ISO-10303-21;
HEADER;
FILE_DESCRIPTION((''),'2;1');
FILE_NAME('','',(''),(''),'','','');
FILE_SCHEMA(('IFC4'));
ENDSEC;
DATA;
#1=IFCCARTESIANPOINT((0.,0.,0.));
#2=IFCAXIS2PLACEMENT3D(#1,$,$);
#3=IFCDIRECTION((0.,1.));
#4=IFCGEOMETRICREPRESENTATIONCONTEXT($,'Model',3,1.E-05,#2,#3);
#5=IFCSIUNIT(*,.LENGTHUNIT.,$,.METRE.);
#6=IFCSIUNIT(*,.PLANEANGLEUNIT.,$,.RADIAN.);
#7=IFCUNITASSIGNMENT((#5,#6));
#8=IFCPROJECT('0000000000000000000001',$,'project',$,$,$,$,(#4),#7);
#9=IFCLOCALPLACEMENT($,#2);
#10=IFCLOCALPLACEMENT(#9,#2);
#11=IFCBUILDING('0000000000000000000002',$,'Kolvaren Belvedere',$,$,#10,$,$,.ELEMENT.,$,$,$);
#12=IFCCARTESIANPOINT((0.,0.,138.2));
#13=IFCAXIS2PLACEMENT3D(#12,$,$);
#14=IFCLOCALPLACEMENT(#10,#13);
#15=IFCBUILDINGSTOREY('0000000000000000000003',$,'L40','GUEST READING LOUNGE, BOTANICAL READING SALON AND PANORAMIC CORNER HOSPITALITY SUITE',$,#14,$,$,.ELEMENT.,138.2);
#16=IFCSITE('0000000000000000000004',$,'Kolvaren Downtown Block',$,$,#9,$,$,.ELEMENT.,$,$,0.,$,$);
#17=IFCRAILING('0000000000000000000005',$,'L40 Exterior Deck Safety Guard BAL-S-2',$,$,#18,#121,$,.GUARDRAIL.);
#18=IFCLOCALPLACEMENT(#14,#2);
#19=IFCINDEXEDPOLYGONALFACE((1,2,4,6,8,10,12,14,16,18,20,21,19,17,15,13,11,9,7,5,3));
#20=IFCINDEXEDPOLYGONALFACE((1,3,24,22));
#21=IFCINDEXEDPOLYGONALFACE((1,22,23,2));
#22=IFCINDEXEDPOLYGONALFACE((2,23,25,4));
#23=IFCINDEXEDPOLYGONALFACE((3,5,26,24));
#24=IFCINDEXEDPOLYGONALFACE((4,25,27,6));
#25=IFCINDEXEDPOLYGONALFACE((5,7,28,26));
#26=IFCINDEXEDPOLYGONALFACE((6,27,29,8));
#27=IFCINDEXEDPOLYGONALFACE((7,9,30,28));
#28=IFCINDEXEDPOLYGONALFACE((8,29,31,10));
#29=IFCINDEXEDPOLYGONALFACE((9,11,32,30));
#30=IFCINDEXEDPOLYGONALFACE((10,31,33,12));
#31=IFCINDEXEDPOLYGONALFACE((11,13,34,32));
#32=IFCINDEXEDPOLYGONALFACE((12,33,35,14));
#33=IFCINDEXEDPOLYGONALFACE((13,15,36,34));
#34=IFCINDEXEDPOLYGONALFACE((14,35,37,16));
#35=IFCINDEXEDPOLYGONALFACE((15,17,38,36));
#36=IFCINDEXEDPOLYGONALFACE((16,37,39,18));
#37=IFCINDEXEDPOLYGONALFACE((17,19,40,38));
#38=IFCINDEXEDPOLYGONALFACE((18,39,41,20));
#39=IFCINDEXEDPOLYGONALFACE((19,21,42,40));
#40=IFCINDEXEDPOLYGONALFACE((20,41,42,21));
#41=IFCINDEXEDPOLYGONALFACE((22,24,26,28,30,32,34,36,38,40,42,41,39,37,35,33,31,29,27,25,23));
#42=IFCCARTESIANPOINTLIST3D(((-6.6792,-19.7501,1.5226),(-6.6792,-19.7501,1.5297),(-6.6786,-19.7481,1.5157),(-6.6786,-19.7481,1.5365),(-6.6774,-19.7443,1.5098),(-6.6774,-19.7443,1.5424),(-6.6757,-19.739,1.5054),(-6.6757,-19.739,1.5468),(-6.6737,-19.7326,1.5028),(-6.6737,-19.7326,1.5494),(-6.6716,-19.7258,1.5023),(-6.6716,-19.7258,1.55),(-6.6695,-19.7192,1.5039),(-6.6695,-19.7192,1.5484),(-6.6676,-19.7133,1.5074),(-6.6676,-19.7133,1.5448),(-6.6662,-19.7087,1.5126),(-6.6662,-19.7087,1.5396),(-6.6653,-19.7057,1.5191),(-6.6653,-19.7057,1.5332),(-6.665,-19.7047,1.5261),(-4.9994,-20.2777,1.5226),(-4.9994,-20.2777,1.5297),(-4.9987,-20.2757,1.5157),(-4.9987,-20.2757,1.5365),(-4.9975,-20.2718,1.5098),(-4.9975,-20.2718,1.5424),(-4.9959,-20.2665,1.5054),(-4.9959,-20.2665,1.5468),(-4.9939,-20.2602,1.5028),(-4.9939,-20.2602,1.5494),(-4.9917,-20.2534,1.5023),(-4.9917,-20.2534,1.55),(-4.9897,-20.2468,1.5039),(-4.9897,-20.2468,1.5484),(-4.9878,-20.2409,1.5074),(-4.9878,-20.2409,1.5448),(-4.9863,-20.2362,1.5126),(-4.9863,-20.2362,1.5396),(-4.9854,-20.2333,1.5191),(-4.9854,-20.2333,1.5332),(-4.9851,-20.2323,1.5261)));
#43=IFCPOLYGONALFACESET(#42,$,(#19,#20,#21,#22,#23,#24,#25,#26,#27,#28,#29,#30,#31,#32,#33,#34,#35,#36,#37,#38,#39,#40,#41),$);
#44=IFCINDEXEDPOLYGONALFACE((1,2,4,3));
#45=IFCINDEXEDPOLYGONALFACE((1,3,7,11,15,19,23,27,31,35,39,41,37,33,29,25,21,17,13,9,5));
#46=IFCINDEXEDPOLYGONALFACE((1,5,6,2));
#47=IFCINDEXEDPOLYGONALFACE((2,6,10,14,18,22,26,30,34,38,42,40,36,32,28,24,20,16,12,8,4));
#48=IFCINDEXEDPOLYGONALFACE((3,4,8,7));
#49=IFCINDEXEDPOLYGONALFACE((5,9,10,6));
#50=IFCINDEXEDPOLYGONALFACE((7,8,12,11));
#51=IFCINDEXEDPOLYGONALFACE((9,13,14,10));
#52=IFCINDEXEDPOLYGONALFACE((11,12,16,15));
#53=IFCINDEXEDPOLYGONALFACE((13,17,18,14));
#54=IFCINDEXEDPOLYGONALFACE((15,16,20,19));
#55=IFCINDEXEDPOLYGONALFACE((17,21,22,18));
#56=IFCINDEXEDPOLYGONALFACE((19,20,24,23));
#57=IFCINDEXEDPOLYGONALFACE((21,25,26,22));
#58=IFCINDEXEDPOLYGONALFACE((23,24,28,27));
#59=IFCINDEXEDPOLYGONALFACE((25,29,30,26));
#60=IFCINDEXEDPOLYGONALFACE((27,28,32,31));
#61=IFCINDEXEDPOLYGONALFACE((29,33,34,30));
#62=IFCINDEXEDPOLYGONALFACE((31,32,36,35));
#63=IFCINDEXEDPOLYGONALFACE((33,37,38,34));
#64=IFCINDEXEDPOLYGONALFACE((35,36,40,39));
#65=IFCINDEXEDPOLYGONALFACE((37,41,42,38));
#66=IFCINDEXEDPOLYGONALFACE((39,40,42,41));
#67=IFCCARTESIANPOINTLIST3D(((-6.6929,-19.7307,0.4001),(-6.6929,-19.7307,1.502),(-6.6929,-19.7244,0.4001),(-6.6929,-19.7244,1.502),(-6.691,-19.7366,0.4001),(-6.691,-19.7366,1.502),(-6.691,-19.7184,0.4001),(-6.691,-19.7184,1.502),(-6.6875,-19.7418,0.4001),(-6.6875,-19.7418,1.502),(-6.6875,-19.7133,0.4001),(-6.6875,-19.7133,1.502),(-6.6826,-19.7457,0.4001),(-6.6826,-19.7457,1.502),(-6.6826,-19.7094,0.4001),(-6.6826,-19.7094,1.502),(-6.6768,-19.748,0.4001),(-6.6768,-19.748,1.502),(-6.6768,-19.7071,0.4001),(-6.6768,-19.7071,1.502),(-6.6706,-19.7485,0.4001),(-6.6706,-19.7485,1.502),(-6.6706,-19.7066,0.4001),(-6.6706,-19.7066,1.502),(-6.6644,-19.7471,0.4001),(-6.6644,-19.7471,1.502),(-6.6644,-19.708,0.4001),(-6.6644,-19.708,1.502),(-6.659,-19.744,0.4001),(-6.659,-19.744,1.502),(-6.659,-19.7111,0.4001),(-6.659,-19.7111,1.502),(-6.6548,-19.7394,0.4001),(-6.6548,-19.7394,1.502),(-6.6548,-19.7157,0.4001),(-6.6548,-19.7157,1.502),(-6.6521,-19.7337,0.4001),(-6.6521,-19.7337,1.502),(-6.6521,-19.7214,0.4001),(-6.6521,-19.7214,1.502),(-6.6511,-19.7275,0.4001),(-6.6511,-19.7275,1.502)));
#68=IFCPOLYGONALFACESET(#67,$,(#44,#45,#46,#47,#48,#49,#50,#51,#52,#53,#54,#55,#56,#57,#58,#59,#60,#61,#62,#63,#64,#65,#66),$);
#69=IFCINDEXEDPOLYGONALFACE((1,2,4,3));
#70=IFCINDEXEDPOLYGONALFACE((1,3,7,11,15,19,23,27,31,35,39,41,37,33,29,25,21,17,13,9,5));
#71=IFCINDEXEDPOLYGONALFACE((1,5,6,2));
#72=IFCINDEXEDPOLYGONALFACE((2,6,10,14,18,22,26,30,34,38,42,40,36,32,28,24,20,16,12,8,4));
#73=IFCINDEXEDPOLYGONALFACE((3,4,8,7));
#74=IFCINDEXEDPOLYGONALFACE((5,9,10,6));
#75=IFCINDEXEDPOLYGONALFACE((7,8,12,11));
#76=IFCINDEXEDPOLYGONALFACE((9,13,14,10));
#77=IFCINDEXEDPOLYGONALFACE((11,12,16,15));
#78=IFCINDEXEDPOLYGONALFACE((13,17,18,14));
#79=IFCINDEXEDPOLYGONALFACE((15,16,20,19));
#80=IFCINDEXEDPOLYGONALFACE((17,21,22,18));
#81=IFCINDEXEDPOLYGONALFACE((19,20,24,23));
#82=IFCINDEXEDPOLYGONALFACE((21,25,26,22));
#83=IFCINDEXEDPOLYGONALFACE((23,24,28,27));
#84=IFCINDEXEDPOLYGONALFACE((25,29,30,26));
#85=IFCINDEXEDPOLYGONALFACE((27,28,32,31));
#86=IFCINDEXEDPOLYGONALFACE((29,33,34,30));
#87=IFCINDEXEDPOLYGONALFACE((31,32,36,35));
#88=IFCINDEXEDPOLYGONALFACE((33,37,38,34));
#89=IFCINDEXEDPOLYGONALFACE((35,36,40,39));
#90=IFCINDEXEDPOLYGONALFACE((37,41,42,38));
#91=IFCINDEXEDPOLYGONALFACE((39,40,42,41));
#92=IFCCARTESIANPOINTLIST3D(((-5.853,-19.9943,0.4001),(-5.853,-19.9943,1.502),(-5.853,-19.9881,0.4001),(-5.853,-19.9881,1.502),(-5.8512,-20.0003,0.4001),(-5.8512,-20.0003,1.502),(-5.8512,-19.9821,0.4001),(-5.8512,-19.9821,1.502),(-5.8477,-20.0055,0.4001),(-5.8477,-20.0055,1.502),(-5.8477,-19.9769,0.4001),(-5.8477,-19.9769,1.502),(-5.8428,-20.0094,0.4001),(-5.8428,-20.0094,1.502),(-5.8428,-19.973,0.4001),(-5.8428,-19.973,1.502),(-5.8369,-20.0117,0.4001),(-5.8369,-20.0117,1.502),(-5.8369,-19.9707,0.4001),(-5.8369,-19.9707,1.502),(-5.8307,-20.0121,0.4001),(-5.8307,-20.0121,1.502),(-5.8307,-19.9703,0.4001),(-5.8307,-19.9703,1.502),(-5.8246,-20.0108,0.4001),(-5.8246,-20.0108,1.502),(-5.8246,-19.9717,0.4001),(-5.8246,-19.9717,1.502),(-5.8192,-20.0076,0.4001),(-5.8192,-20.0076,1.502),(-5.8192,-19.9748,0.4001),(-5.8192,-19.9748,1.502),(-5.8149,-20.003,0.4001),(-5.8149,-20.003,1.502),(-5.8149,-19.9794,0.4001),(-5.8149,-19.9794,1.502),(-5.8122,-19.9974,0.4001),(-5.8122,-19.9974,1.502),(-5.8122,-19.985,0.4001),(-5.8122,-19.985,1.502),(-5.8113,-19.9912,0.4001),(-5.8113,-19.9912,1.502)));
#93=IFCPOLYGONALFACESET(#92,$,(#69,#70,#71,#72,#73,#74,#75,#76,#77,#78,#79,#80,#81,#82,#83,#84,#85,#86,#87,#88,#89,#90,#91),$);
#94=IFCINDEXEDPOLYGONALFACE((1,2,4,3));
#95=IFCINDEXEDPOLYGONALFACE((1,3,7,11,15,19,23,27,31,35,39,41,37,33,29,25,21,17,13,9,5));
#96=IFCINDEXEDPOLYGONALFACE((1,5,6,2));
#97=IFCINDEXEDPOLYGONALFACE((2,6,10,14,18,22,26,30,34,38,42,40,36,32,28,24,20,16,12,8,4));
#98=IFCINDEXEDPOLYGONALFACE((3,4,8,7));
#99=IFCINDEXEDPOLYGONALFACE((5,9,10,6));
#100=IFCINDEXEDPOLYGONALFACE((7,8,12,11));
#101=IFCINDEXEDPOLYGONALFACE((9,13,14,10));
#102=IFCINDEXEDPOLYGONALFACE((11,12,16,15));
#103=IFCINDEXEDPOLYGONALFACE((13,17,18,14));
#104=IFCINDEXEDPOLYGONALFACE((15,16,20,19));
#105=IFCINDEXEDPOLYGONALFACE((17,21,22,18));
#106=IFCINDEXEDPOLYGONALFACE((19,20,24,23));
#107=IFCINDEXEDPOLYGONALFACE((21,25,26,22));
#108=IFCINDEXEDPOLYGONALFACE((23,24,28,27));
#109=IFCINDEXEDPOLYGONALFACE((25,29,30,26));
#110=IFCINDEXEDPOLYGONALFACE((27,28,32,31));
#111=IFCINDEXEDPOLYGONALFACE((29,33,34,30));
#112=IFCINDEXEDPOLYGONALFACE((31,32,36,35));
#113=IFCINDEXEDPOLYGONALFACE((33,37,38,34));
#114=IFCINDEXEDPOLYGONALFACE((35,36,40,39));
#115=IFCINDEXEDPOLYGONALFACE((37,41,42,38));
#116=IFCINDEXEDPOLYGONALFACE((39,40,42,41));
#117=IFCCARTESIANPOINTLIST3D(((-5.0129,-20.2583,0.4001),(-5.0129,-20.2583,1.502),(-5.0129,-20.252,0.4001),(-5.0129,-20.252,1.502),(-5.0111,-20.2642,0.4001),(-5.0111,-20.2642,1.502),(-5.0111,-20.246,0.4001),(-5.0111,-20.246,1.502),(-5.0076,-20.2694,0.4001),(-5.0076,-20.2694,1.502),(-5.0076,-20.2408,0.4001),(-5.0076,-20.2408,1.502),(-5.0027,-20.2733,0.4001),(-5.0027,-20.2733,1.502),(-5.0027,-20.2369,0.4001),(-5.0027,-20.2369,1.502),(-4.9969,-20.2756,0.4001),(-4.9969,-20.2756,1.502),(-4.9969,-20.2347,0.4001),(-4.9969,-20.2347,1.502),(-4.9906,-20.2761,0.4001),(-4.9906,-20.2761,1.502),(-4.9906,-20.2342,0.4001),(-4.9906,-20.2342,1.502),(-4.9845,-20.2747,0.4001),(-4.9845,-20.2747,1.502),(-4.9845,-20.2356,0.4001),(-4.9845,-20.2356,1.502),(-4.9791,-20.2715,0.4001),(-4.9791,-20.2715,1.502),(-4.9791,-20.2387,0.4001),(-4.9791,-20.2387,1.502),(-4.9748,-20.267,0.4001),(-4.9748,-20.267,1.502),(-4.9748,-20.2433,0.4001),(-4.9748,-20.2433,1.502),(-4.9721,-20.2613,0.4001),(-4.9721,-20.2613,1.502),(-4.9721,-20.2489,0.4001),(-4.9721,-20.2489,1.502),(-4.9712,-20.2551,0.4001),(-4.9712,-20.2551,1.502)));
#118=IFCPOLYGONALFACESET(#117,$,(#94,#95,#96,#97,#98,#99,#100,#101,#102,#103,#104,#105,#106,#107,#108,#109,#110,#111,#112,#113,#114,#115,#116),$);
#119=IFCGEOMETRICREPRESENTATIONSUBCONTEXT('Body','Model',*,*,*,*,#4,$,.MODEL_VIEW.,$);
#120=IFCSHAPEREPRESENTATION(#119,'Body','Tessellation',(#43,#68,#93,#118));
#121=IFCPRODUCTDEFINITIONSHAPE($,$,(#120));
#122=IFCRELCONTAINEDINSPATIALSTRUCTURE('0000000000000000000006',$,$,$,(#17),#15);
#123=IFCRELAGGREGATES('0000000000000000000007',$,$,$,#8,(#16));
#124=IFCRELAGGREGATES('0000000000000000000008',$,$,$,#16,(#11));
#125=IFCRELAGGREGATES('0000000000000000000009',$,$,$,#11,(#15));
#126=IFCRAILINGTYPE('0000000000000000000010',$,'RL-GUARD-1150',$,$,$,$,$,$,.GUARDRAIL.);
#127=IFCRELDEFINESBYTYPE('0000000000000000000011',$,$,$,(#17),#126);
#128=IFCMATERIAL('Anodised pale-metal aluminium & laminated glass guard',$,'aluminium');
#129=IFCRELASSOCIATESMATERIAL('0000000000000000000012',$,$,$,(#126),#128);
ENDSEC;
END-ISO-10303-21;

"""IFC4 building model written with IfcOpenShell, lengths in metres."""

from ifc_helpers import new_model, si_unit, direction, frame, origin, origin_2d, place, context, subcontext, project, spatial, circle, extrude, material, type_object, element, save


model = new_model("IFC4")

# Units and contexts
model_context = context("Model", 3, precision=1e-05, world=origin(), true_north=direction((0.0, 1.0)))
body_context = subcontext(model_context, "Body", "Model", "MODEL_VIEW")
ifc_project = project(units=[si_unit("LENGTHUNIT", "METRE"), si_unit("PLANEANGLEUNIT", "RADIAN")], contexts=[model_context])

# Site, building, storey
site_placement = place(None, origin())
site = spatial("IfcSite", under=ifc_project, at=site_placement, Name="Kolvaren Downtown Block", CompositionType="ELEMENT", RefElevation=0.0)
building_placement = place(site_placement, origin())
building = spatial("IfcBuilding", under=site, at=building_placement, Name="Kolvaren Belvedere", CompositionType="ELEMENT")
storey_placement = place(building_placement, frame((0.0, 0.0, 138.2)))
storey = spatial("IfcBuildingStorey", under=building, at=storey_placement, Name="L40", Description="GUEST READING LOUNGE, BOTANICAL READING SALON AND PANORAMIC CORNER HOSPITALITY SUITE", CompositionType="ELEMENT", Elevation=138.2)

# Railing
ifc_material_1 = material(Name="Anodised pale-metal aluminium & laminated glass guard", Category="aluminium")
railing_type = type_object("IfcRailingType", Name="RL-GUARD-1150", PredefinedType="GUARDRAIL", material=ifc_material_1)
railing_1_placement = place(storey_placement, frame((-6.6721, -19.7275, 0.4001)))
element("IfcRailing", 1, at=railing_1_placement, inside=storey, type_object=railing_type, Name="L40 Exterior Deck Safety Guard BAL-S-2", PredefinedType="GUARDRAIL", context=body_context, shape_type="SweptSolid", body=[
    extrude(circle(Radius=0.0239, at=origin_2d()), frame((0.0, 0.0, 1.126), z_axis=(0.954057, -0.299625, 0.0), x_axis=(0.299625, 0.954057, 0.0)), (0.0, 0.0, 1.0), 1.7607),
    extrude(circle(Radius=0.021, at=origin_2d()), origin(), (0.0, 0.0, 1.0), 1.1018),
    extrude(circle(Radius=0.021, at=origin_2d()), frame((0.8398, -0.2637, 0.0)), (0.0, 0.0, 1.0), 1.1018),
    extrude(circle(Radius=0.021, at=origin_2d()), frame((1.6799, -0.5276, 0.0)), (0.0, 0.0, 1.0), 1.1018),
])

save(model, "model.ifc")
